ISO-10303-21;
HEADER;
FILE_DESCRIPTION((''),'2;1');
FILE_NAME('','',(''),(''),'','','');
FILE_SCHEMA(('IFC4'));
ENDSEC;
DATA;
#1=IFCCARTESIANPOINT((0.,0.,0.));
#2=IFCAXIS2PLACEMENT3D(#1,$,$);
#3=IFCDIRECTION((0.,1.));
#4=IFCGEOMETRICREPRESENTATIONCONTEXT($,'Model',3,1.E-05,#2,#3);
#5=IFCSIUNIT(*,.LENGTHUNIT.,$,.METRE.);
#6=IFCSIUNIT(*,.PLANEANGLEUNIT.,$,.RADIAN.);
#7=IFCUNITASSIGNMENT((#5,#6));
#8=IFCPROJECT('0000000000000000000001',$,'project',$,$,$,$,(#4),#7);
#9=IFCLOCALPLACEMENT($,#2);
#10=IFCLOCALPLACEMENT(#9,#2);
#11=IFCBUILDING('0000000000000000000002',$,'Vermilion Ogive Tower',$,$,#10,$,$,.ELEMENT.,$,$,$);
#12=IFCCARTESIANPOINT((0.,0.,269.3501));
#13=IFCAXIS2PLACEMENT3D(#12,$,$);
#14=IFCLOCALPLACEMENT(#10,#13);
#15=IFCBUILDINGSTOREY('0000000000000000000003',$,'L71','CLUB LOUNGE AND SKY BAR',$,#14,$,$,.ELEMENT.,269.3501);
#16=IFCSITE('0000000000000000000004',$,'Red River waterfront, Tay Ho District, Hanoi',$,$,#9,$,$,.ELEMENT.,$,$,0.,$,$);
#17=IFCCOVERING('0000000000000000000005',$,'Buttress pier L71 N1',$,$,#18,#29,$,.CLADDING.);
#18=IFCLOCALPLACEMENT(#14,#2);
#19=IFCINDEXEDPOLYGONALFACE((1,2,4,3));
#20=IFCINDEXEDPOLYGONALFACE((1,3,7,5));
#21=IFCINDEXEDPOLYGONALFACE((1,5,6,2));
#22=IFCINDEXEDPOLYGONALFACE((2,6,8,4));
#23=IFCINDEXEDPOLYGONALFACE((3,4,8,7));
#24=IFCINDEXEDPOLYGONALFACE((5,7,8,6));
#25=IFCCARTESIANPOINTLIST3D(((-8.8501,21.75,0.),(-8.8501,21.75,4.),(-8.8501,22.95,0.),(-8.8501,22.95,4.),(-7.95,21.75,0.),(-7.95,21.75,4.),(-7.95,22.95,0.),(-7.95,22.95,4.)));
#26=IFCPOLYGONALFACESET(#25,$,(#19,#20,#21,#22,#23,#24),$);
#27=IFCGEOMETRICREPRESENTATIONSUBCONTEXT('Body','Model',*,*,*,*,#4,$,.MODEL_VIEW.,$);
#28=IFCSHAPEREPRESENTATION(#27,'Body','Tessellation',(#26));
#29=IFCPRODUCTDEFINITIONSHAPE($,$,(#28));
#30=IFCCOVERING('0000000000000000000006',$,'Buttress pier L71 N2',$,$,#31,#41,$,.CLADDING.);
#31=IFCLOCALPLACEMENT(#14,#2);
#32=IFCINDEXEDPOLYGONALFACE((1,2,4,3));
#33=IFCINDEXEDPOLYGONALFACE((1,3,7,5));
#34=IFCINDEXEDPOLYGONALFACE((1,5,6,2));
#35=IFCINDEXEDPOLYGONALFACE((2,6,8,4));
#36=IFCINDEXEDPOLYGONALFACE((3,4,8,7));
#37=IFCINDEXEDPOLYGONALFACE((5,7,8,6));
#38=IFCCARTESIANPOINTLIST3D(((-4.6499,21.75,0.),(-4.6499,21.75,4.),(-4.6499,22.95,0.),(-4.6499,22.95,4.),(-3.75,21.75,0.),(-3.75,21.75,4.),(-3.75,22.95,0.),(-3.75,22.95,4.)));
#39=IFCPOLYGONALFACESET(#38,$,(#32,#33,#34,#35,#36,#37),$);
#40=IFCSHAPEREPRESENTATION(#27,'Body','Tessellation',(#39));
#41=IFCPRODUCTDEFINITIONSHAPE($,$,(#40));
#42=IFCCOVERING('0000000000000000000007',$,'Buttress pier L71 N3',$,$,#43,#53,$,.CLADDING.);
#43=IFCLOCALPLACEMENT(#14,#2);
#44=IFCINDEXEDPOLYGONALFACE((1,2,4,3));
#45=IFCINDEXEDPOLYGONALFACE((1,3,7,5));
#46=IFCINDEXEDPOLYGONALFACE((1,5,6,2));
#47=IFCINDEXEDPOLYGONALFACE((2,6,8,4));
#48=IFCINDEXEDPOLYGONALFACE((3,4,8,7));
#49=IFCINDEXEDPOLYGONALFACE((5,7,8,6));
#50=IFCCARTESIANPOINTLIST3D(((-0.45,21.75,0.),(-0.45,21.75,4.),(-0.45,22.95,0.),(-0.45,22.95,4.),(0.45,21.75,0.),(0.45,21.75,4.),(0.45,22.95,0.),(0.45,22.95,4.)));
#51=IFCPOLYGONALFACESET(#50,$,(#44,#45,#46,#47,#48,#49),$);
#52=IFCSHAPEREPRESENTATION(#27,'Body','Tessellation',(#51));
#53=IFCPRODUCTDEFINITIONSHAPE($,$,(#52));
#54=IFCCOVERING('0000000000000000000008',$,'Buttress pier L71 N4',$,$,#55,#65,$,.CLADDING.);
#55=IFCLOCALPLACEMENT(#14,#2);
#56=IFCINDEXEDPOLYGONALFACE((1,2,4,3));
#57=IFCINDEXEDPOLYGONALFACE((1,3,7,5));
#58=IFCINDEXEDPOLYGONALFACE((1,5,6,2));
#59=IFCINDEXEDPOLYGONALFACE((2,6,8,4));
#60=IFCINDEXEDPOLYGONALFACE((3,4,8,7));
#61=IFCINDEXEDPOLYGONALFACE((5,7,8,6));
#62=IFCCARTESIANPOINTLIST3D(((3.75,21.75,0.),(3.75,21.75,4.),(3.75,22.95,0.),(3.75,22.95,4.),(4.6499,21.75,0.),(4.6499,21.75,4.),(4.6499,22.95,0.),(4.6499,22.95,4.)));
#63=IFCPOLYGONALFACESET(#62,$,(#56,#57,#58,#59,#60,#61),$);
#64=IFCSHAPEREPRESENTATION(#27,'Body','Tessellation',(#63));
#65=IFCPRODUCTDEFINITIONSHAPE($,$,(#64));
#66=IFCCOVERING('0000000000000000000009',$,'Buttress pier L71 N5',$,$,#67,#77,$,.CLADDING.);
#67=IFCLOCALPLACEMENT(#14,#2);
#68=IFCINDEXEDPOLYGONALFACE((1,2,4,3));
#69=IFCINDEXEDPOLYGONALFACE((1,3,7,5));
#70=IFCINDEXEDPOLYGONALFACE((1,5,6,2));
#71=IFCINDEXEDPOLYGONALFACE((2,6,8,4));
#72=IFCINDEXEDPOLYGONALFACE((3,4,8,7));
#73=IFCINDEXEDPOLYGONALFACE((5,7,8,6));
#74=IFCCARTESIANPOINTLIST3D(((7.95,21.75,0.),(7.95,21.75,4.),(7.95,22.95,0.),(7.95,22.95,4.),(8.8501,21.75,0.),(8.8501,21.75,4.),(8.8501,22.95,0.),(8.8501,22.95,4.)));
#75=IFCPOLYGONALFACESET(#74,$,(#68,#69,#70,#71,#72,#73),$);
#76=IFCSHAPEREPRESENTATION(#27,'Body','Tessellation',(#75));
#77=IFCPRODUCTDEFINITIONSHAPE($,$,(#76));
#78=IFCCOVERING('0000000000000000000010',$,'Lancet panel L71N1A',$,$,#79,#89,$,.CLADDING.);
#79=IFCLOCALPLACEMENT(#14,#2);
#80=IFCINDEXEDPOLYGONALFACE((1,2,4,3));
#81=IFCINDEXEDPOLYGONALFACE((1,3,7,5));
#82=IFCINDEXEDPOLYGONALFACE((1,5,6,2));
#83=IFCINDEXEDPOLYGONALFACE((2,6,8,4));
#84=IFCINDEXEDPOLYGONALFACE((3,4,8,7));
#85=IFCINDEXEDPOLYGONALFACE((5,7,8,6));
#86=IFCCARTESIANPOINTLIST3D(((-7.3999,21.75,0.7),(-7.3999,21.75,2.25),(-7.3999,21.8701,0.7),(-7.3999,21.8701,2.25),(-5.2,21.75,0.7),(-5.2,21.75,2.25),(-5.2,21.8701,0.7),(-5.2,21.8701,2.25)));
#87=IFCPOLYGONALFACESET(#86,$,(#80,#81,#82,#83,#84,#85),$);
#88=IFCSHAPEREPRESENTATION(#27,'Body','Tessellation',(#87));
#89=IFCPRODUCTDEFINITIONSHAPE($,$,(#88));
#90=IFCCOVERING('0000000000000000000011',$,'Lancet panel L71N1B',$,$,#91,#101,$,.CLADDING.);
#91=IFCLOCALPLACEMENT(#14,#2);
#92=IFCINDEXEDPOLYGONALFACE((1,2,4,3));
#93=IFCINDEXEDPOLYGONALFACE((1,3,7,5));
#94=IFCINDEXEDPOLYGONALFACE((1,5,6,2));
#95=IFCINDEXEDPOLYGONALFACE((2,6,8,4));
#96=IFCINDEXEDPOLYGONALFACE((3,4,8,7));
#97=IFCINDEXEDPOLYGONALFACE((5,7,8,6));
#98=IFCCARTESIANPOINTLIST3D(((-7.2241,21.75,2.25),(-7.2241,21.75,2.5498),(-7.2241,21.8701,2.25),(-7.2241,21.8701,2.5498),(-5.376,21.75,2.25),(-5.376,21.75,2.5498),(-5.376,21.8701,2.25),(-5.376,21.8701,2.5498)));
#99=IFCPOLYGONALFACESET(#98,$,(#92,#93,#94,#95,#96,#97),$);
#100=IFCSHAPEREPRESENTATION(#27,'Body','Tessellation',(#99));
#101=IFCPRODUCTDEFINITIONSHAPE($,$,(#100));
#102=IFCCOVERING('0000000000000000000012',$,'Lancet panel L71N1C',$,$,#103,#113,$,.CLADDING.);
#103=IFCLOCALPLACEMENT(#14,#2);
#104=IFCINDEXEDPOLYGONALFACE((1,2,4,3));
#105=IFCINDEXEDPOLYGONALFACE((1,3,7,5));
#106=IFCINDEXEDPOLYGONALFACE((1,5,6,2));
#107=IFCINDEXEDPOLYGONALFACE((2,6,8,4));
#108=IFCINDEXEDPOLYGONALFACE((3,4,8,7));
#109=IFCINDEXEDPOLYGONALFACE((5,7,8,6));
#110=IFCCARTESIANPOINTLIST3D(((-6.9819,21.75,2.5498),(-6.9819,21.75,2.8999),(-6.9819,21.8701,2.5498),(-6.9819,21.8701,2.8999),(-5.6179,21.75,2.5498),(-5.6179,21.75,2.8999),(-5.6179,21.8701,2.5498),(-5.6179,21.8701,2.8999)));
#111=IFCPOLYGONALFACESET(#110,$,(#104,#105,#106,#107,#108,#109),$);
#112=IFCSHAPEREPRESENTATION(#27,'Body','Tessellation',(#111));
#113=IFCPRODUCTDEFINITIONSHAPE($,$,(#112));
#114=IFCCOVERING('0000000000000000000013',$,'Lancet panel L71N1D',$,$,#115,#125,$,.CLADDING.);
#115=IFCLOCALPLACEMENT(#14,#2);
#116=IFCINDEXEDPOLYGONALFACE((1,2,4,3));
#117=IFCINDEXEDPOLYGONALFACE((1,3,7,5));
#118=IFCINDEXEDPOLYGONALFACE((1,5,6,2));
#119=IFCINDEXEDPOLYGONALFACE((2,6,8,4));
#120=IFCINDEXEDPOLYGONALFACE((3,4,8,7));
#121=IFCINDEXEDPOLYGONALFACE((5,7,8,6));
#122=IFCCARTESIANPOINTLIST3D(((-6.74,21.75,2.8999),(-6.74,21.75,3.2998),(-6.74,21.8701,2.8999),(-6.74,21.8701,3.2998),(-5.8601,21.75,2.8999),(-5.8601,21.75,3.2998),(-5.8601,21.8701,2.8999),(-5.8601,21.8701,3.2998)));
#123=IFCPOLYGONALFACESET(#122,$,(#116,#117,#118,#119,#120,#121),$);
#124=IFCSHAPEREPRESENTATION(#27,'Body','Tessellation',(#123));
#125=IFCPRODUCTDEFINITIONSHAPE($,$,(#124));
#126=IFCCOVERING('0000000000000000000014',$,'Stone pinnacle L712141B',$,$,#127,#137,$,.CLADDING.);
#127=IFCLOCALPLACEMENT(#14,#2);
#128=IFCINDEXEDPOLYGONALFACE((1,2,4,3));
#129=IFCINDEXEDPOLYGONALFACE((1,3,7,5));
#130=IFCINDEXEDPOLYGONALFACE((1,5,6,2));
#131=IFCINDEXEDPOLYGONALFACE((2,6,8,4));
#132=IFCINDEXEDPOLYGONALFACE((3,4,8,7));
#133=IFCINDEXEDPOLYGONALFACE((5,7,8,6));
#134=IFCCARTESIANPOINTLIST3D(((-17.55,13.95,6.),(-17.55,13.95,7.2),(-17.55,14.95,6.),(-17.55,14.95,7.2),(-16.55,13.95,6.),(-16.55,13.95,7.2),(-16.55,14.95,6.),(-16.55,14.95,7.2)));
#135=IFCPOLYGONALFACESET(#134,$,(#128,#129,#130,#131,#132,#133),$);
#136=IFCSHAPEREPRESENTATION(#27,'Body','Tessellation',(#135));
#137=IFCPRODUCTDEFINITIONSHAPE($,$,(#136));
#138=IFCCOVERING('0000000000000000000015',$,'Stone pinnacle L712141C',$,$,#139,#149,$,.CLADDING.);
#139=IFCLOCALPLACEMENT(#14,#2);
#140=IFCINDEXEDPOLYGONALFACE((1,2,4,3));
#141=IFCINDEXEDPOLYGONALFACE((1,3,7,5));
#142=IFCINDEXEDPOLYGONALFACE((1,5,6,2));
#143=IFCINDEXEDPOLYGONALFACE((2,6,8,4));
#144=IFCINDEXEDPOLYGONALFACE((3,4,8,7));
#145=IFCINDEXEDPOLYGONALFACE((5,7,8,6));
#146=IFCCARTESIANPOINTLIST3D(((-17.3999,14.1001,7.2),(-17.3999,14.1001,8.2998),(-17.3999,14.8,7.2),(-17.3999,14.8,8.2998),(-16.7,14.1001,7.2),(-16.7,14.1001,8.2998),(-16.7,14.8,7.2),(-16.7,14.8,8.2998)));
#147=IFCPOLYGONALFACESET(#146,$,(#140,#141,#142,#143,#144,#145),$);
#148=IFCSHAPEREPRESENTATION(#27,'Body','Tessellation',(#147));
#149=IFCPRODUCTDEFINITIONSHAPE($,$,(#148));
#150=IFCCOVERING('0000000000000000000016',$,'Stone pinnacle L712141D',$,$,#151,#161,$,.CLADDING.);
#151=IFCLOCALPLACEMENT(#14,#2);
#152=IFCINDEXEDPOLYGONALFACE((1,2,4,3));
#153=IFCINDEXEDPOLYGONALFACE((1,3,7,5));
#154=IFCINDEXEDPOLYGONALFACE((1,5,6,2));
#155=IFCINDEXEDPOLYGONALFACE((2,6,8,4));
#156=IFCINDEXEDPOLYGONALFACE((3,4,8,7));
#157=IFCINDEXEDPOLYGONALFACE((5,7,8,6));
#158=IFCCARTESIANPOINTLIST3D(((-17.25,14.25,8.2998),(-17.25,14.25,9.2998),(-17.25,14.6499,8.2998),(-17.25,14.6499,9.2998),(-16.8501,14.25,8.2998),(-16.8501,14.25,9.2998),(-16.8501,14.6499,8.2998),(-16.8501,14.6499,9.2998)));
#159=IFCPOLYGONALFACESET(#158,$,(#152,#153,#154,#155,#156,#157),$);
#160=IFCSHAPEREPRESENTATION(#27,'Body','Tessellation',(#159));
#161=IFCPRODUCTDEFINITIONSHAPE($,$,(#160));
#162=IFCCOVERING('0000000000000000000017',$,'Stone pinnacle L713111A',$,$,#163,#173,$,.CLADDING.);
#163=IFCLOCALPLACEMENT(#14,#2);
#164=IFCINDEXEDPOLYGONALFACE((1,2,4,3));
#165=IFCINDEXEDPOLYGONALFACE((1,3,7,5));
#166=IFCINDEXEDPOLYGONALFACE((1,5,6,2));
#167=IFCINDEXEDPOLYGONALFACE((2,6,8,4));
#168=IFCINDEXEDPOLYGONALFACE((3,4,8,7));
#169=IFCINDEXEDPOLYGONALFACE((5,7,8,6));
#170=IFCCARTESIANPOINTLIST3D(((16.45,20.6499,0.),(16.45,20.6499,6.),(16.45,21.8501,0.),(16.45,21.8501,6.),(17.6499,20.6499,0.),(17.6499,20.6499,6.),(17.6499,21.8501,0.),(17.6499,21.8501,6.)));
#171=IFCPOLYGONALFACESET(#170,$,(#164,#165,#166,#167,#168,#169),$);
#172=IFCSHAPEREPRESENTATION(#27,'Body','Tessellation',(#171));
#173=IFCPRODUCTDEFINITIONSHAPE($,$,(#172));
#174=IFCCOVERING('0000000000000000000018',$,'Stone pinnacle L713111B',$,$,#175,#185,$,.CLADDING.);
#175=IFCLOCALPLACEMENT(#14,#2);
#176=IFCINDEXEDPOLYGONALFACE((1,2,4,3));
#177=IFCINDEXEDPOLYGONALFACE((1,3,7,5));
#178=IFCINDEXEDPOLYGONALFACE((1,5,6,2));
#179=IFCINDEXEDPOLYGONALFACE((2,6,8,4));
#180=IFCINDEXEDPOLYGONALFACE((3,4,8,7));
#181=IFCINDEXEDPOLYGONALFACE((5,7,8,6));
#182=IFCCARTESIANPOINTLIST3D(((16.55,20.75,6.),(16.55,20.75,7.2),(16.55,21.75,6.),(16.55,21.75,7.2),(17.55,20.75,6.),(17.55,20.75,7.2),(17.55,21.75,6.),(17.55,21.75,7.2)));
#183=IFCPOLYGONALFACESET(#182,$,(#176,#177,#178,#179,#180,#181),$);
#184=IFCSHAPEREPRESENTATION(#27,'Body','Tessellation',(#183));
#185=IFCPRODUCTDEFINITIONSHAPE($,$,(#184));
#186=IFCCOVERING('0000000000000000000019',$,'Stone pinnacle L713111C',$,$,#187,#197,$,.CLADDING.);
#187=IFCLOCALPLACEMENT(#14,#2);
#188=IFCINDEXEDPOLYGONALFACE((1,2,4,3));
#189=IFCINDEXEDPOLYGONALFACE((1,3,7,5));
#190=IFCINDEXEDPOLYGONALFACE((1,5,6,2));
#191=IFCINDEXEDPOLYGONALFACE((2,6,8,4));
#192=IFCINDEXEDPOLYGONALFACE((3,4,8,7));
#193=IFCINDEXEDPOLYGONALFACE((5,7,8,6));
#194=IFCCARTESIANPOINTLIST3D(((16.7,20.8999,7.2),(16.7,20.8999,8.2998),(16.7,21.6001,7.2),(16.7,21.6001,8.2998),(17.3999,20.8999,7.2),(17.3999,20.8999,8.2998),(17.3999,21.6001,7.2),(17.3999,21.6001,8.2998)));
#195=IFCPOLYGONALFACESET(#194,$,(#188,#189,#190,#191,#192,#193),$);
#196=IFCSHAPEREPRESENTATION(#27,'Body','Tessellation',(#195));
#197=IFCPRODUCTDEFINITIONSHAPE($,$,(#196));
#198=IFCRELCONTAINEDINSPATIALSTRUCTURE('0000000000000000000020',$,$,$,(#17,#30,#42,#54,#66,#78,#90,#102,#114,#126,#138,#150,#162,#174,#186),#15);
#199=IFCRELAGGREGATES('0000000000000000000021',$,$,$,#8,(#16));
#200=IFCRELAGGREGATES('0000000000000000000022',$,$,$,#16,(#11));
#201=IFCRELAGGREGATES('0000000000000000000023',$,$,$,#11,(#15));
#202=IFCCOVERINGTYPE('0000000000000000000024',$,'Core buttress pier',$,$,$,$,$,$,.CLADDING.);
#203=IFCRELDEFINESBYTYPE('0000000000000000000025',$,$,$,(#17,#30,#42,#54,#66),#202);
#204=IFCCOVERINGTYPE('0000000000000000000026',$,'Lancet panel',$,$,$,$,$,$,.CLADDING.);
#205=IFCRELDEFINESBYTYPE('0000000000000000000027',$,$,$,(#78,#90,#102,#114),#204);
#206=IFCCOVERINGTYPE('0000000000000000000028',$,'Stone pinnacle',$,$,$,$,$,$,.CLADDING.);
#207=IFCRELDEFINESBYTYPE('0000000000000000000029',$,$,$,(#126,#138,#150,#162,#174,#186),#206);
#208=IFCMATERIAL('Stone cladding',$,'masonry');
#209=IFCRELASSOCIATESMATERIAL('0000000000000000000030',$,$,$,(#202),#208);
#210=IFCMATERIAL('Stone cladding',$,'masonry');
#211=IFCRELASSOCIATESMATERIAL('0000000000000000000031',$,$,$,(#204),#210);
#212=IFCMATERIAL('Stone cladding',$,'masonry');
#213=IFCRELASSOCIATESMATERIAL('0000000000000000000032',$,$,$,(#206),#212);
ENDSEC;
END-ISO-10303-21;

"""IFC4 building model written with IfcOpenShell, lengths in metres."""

from ifc_helpers import new_model, si_unit, direction, frame, origin, place, context, subcontext, project, spatial, polyline, outline, extrude, material, type_object, element, save


model = new_model("IFC4")

# Units and contexts
model_context = context("Model", 3, precision=1e-05, world=origin(), true_north=direction((0.0, 1.0)))
body_context = subcontext(model_context, "Body", "Model", "MODEL_VIEW")
ifc_project = project(units=[si_unit("LENGTHUNIT", "METRE"), si_unit("PLANEANGLEUNIT", "RADIAN")], contexts=[model_context])

# Site, building, storey
site_placement = place(None, origin())
site = spatial("IfcSite", under=ifc_project, at=site_placement, Name="Red River waterfront, Tay Ho District, Hanoi", CompositionType="ELEMENT", RefElevation=0.0)
building_placement = place(site_placement, origin())
building = spatial("IfcBuilding", under=site, at=building_placement, Name="Vermilion Ogive Tower", CompositionType="ELEMENT")
storey_placement = place(building_placement, frame((0.0, 0.0, 269.3501)))
storey = spatial("IfcBuildingStorey", under=building, at=storey_placement, Name="L71", Description="CLUB LOUNGE AND SKY BAR", CompositionType="ELEMENT", Elevation=269.3501)

# Coverings
ifc_material_1 = material(Name="Stone cladding", Category="masonry")
covering_type_1 = type_object("IfcCoveringType", Name="Core buttress pier", PredefinedType="CLADDING", material=ifc_material_1)
covering_1_placement = place(storey_placement, origin())
element("IfcCovering", 1, at=covering_1_placement, inside=storey, type_object=covering_type_1, Name="Buttress pier L71 N1", PredefinedType="CLADDING", context=body_context, shape_type="SweptSolid", body=[
    extrude(outline(polyline([(-8.8501, 21.75), (-7.95, 21.75), (-7.95, 22.95), (-8.8501, 22.95), (-8.8501, 21.75)])), origin(), (0.0, 0.0, 1.0), 4.0),
])
covering_2_placement = place(storey_placement, origin())
element("IfcCovering", 2, at=covering_2_placement, inside=storey, type_object=covering_type_1, Name="Buttress pier L71 N2", PredefinedType="CLADDING", context=body_context, shape_type="SweptSolid", body=[
    extrude(outline(polyline([(-4.6499, 21.75), (-3.75, 21.75), (-3.75, 22.95), (-4.6499, 22.95), (-4.6499, 21.75)])), origin(), (0.0, 0.0, 1.0), 4.0),
])
covering_3_placement = place(storey_placement, origin())
element("IfcCovering", 3, at=covering_3_placement, inside=storey, type_object=covering_type_1, Name="Buttress pier L71 N3", PredefinedType="CLADDING", context=body_context, shape_type="SweptSolid", body=[
    extrude(outline(polyline([(-0.45, 21.75), (0.45, 21.75), (0.45, 22.95), (-0.45, 22.95), (-0.45, 21.75)])), origin(), (0.0, 0.0, 1.0), 4.0),
])
covering_4_placement = place(storey_placement, origin())
element("IfcCovering", 4, at=covering_4_placement, inside=storey, type_object=covering_type_1, Name="Buttress pier L71 N4", PredefinedType="CLADDING", context=body_context, shape_type="SweptSolid", body=[
    extrude(outline(polyline([(3.75, 21.75), (4.6499, 21.75), (4.6499, 22.95), (3.75, 22.95), (3.75, 21.75)])), origin(), (0.0, 0.0, 1.0), 4.0),
])
covering_5_placement = place(storey_placement, origin())
element("IfcCovering", 5, at=covering_5_placement, inside=storey, type_object=covering_type_1, Name="Buttress pier L71 N5", PredefinedType="CLADDING", context=body_context, shape_type="SweptSolid", body=[
    extrude(outline(polyline([(7.95, 21.75), (8.8501, 21.75), (8.8501, 22.95), (7.95, 22.95), (7.95, 21.75)])), origin(), (0.0, 0.0, 1.0), 4.0),
])
ifc_material_2 = material(Name="Stone cladding", Category="masonry")
covering_type_2 = type_object("IfcCoveringType", Name="Lancet panel", PredefinedType="CLADDING", material=ifc_material_2)
covering_6_placement = place(storey_placement, frame((0.0, 0.0, 0.7)))
element("IfcCovering", 6, at=covering_6_placement, inside=storey, type_object=covering_type_2, Name="Lancet panel L71N1A", PredefinedType="CLADDING", context=body_context, shape_type="SweptSolid", body=[
    extrude(outline(polyline([(-7.3999, 21.75), (-5.2, 21.75), (-5.2, 21.8701), (-7.3999, 21.8701), (-7.3999, 21.75)])), origin(), (0.0, 0.0, 1.0), 1.55),
])
covering_7_placement = place(storey_placement, frame((0.0, 0.0, 2.25)))
element("IfcCovering", 7, at=covering_7_placement, inside=storey, type_object=covering_type_2, Name="Lancet panel L71N1B", PredefinedType="CLADDING", context=body_context, shape_type="SweptSolid", body=[
    extrude(outline(polyline([(-7.2241, 21.75), (-5.376, 21.75), (-5.376, 21.8701), (-7.2241, 21.8701), (-7.2241, 21.75)])), origin(), (0.0, 0.0, 1.0), 0.2998),
])
covering_8_placement = place(storey_placement, frame((0.0, 0.0, 2.5498)))
element("IfcCovering", 8, at=covering_8_placement, inside=storey, type_object=covering_type_2, Name="Lancet panel L71N1C", PredefinedType="CLADDING", context=body_context, shape_type="SweptSolid", body=[
    extrude(outline(polyline([(-6.9819, 21.75), (-5.6179, 21.75), (-5.6179, 21.8701), (-6.9819, 21.8701), (-6.9819, 21.75)])), origin(), (0.0, 0.0, 1.0), 0.3501),
])
covering_9_placement = place(storey_placement, frame((0.0, 0.0, 2.8999)))
element("IfcCovering", 9, at=covering_9_placement, inside=storey, type_object=covering_type_2, Name="Lancet panel L71N1D", PredefinedType="CLADDING", context=body_context, shape_type="SweptSolid", body=[
    extrude(outline(polyline([(-6.74, 21.75), (-5.8601, 21.75), (-5.8601, 21.8701), (-6.74, 21.8701), (-6.74, 21.75)])), origin(), (0.0, 0.0, 1.0), 0.3999),
])
ifc_material_3 = material(Name="Stone cladding", Category="masonry")
covering_type_3 = type_object("IfcCoveringType", Name="Stone pinnacle", PredefinedType="CLADDING", material=ifc_material_3)
covering_10_placement = place(storey_placement, frame((0.0, 0.0, 6.0)))
element("IfcCovering", 10, at=covering_10_placement, inside=storey, type_object=covering_type_3, Name="Stone pinnacle L712141B", PredefinedType="CLADDING", context=body_context, shape_type="SweptSolid", body=[
    extrude(outline(polyline([(-17.55, 13.95), (-16.55, 13.95), (-16.55, 14.95), (-17.55, 14.95), (-17.55, 13.95)])), origin(), (0.0, 0.0, 1.0), 1.2),
])
covering_11_placement = place(storey_placement, frame((0.0, 0.0, 7.2)))
element("IfcCovering", 11, at=covering_11_placement, inside=storey, type_object=covering_type_3, Name="Stone pinnacle L712141C", PredefinedType="CLADDING", context=body_context, shape_type="SweptSolid", body=[
    extrude(outline(polyline([(-17.3999, 14.1001), (-16.7, 14.1001), (-16.7, 14.8), (-17.3999, 14.8), (-17.3999, 14.1001)])), origin(), (0.0, 0.0, 1.0), 1.0999),
])
covering_12_placement = place(storey_placement, frame((0.0, 0.0, 8.2998)))
element("IfcCovering", 12, at=covering_12_placement, inside=storey, type_object=covering_type_3, Name="Stone pinnacle L712141D", PredefinedType="CLADDING", context=body_context, shape_type="SweptSolid", body=[
    extrude(outline(polyline([(-17.25, 14.25), (-16.8501, 14.25), (-16.8501, 14.6499), (-17.25, 14.6499), (-17.25, 14.25)])), origin(), (0.0, 0.0, 1.0), 1.0),
])
covering_13_placement = place(storey_placement, origin())
element("IfcCovering", 13, at=covering_13_placement, inside=storey, type_object=covering_type_3, Name="Stone pinnacle L713111A", PredefinedType="CLADDING", context=body_context, shape_type="SweptSolid", body=[
    extrude(outline(polyline([(16.45, 20.6499), (17.6499, 20.6499), (17.6499, 21.8501), (16.45, 21.8501), (16.45, 20.6499)])), origin(), (0.0, 0.0, 1.0), 6.0),
])
covering_14_placement = place(storey_placement, frame((0.0, 0.0, 6.0)))
element("IfcCovering", 14, at=covering_14_placement, inside=storey, type_object=covering_type_3, Name="Stone pinnacle L713111B", PredefinedType="CLADDING", context=body_context, shape_type="SweptSolid", body=[
    extrude(outline(polyline([(16.55, 20.75), (17.55, 20.75), (17.55, 21.75), (16.55, 21.75), (16.55, 20.75)])), origin(), (0.0, 0.0, 1.0), 1.2),
])
covering_15_placement = place(storey_placement, frame((0.0, 0.0, 7.2)))
element("IfcCovering", 15, at=covering_15_placement, inside=storey, type_object=covering_type_3, Name="Stone pinnacle L713111C", PredefinedType="CLADDING", context=body_context, shape_type="SweptSolid", body=[
    extrude(outline(polyline([(16.7, 20.8999), (17.3999, 20.8999), (17.3999, 21.6001), (16.7, 21.6001), (16.7, 20.8999)])), origin(), (0.0, 0.0, 1.0), 1.0999),
])

save(model, "model.ifc")
